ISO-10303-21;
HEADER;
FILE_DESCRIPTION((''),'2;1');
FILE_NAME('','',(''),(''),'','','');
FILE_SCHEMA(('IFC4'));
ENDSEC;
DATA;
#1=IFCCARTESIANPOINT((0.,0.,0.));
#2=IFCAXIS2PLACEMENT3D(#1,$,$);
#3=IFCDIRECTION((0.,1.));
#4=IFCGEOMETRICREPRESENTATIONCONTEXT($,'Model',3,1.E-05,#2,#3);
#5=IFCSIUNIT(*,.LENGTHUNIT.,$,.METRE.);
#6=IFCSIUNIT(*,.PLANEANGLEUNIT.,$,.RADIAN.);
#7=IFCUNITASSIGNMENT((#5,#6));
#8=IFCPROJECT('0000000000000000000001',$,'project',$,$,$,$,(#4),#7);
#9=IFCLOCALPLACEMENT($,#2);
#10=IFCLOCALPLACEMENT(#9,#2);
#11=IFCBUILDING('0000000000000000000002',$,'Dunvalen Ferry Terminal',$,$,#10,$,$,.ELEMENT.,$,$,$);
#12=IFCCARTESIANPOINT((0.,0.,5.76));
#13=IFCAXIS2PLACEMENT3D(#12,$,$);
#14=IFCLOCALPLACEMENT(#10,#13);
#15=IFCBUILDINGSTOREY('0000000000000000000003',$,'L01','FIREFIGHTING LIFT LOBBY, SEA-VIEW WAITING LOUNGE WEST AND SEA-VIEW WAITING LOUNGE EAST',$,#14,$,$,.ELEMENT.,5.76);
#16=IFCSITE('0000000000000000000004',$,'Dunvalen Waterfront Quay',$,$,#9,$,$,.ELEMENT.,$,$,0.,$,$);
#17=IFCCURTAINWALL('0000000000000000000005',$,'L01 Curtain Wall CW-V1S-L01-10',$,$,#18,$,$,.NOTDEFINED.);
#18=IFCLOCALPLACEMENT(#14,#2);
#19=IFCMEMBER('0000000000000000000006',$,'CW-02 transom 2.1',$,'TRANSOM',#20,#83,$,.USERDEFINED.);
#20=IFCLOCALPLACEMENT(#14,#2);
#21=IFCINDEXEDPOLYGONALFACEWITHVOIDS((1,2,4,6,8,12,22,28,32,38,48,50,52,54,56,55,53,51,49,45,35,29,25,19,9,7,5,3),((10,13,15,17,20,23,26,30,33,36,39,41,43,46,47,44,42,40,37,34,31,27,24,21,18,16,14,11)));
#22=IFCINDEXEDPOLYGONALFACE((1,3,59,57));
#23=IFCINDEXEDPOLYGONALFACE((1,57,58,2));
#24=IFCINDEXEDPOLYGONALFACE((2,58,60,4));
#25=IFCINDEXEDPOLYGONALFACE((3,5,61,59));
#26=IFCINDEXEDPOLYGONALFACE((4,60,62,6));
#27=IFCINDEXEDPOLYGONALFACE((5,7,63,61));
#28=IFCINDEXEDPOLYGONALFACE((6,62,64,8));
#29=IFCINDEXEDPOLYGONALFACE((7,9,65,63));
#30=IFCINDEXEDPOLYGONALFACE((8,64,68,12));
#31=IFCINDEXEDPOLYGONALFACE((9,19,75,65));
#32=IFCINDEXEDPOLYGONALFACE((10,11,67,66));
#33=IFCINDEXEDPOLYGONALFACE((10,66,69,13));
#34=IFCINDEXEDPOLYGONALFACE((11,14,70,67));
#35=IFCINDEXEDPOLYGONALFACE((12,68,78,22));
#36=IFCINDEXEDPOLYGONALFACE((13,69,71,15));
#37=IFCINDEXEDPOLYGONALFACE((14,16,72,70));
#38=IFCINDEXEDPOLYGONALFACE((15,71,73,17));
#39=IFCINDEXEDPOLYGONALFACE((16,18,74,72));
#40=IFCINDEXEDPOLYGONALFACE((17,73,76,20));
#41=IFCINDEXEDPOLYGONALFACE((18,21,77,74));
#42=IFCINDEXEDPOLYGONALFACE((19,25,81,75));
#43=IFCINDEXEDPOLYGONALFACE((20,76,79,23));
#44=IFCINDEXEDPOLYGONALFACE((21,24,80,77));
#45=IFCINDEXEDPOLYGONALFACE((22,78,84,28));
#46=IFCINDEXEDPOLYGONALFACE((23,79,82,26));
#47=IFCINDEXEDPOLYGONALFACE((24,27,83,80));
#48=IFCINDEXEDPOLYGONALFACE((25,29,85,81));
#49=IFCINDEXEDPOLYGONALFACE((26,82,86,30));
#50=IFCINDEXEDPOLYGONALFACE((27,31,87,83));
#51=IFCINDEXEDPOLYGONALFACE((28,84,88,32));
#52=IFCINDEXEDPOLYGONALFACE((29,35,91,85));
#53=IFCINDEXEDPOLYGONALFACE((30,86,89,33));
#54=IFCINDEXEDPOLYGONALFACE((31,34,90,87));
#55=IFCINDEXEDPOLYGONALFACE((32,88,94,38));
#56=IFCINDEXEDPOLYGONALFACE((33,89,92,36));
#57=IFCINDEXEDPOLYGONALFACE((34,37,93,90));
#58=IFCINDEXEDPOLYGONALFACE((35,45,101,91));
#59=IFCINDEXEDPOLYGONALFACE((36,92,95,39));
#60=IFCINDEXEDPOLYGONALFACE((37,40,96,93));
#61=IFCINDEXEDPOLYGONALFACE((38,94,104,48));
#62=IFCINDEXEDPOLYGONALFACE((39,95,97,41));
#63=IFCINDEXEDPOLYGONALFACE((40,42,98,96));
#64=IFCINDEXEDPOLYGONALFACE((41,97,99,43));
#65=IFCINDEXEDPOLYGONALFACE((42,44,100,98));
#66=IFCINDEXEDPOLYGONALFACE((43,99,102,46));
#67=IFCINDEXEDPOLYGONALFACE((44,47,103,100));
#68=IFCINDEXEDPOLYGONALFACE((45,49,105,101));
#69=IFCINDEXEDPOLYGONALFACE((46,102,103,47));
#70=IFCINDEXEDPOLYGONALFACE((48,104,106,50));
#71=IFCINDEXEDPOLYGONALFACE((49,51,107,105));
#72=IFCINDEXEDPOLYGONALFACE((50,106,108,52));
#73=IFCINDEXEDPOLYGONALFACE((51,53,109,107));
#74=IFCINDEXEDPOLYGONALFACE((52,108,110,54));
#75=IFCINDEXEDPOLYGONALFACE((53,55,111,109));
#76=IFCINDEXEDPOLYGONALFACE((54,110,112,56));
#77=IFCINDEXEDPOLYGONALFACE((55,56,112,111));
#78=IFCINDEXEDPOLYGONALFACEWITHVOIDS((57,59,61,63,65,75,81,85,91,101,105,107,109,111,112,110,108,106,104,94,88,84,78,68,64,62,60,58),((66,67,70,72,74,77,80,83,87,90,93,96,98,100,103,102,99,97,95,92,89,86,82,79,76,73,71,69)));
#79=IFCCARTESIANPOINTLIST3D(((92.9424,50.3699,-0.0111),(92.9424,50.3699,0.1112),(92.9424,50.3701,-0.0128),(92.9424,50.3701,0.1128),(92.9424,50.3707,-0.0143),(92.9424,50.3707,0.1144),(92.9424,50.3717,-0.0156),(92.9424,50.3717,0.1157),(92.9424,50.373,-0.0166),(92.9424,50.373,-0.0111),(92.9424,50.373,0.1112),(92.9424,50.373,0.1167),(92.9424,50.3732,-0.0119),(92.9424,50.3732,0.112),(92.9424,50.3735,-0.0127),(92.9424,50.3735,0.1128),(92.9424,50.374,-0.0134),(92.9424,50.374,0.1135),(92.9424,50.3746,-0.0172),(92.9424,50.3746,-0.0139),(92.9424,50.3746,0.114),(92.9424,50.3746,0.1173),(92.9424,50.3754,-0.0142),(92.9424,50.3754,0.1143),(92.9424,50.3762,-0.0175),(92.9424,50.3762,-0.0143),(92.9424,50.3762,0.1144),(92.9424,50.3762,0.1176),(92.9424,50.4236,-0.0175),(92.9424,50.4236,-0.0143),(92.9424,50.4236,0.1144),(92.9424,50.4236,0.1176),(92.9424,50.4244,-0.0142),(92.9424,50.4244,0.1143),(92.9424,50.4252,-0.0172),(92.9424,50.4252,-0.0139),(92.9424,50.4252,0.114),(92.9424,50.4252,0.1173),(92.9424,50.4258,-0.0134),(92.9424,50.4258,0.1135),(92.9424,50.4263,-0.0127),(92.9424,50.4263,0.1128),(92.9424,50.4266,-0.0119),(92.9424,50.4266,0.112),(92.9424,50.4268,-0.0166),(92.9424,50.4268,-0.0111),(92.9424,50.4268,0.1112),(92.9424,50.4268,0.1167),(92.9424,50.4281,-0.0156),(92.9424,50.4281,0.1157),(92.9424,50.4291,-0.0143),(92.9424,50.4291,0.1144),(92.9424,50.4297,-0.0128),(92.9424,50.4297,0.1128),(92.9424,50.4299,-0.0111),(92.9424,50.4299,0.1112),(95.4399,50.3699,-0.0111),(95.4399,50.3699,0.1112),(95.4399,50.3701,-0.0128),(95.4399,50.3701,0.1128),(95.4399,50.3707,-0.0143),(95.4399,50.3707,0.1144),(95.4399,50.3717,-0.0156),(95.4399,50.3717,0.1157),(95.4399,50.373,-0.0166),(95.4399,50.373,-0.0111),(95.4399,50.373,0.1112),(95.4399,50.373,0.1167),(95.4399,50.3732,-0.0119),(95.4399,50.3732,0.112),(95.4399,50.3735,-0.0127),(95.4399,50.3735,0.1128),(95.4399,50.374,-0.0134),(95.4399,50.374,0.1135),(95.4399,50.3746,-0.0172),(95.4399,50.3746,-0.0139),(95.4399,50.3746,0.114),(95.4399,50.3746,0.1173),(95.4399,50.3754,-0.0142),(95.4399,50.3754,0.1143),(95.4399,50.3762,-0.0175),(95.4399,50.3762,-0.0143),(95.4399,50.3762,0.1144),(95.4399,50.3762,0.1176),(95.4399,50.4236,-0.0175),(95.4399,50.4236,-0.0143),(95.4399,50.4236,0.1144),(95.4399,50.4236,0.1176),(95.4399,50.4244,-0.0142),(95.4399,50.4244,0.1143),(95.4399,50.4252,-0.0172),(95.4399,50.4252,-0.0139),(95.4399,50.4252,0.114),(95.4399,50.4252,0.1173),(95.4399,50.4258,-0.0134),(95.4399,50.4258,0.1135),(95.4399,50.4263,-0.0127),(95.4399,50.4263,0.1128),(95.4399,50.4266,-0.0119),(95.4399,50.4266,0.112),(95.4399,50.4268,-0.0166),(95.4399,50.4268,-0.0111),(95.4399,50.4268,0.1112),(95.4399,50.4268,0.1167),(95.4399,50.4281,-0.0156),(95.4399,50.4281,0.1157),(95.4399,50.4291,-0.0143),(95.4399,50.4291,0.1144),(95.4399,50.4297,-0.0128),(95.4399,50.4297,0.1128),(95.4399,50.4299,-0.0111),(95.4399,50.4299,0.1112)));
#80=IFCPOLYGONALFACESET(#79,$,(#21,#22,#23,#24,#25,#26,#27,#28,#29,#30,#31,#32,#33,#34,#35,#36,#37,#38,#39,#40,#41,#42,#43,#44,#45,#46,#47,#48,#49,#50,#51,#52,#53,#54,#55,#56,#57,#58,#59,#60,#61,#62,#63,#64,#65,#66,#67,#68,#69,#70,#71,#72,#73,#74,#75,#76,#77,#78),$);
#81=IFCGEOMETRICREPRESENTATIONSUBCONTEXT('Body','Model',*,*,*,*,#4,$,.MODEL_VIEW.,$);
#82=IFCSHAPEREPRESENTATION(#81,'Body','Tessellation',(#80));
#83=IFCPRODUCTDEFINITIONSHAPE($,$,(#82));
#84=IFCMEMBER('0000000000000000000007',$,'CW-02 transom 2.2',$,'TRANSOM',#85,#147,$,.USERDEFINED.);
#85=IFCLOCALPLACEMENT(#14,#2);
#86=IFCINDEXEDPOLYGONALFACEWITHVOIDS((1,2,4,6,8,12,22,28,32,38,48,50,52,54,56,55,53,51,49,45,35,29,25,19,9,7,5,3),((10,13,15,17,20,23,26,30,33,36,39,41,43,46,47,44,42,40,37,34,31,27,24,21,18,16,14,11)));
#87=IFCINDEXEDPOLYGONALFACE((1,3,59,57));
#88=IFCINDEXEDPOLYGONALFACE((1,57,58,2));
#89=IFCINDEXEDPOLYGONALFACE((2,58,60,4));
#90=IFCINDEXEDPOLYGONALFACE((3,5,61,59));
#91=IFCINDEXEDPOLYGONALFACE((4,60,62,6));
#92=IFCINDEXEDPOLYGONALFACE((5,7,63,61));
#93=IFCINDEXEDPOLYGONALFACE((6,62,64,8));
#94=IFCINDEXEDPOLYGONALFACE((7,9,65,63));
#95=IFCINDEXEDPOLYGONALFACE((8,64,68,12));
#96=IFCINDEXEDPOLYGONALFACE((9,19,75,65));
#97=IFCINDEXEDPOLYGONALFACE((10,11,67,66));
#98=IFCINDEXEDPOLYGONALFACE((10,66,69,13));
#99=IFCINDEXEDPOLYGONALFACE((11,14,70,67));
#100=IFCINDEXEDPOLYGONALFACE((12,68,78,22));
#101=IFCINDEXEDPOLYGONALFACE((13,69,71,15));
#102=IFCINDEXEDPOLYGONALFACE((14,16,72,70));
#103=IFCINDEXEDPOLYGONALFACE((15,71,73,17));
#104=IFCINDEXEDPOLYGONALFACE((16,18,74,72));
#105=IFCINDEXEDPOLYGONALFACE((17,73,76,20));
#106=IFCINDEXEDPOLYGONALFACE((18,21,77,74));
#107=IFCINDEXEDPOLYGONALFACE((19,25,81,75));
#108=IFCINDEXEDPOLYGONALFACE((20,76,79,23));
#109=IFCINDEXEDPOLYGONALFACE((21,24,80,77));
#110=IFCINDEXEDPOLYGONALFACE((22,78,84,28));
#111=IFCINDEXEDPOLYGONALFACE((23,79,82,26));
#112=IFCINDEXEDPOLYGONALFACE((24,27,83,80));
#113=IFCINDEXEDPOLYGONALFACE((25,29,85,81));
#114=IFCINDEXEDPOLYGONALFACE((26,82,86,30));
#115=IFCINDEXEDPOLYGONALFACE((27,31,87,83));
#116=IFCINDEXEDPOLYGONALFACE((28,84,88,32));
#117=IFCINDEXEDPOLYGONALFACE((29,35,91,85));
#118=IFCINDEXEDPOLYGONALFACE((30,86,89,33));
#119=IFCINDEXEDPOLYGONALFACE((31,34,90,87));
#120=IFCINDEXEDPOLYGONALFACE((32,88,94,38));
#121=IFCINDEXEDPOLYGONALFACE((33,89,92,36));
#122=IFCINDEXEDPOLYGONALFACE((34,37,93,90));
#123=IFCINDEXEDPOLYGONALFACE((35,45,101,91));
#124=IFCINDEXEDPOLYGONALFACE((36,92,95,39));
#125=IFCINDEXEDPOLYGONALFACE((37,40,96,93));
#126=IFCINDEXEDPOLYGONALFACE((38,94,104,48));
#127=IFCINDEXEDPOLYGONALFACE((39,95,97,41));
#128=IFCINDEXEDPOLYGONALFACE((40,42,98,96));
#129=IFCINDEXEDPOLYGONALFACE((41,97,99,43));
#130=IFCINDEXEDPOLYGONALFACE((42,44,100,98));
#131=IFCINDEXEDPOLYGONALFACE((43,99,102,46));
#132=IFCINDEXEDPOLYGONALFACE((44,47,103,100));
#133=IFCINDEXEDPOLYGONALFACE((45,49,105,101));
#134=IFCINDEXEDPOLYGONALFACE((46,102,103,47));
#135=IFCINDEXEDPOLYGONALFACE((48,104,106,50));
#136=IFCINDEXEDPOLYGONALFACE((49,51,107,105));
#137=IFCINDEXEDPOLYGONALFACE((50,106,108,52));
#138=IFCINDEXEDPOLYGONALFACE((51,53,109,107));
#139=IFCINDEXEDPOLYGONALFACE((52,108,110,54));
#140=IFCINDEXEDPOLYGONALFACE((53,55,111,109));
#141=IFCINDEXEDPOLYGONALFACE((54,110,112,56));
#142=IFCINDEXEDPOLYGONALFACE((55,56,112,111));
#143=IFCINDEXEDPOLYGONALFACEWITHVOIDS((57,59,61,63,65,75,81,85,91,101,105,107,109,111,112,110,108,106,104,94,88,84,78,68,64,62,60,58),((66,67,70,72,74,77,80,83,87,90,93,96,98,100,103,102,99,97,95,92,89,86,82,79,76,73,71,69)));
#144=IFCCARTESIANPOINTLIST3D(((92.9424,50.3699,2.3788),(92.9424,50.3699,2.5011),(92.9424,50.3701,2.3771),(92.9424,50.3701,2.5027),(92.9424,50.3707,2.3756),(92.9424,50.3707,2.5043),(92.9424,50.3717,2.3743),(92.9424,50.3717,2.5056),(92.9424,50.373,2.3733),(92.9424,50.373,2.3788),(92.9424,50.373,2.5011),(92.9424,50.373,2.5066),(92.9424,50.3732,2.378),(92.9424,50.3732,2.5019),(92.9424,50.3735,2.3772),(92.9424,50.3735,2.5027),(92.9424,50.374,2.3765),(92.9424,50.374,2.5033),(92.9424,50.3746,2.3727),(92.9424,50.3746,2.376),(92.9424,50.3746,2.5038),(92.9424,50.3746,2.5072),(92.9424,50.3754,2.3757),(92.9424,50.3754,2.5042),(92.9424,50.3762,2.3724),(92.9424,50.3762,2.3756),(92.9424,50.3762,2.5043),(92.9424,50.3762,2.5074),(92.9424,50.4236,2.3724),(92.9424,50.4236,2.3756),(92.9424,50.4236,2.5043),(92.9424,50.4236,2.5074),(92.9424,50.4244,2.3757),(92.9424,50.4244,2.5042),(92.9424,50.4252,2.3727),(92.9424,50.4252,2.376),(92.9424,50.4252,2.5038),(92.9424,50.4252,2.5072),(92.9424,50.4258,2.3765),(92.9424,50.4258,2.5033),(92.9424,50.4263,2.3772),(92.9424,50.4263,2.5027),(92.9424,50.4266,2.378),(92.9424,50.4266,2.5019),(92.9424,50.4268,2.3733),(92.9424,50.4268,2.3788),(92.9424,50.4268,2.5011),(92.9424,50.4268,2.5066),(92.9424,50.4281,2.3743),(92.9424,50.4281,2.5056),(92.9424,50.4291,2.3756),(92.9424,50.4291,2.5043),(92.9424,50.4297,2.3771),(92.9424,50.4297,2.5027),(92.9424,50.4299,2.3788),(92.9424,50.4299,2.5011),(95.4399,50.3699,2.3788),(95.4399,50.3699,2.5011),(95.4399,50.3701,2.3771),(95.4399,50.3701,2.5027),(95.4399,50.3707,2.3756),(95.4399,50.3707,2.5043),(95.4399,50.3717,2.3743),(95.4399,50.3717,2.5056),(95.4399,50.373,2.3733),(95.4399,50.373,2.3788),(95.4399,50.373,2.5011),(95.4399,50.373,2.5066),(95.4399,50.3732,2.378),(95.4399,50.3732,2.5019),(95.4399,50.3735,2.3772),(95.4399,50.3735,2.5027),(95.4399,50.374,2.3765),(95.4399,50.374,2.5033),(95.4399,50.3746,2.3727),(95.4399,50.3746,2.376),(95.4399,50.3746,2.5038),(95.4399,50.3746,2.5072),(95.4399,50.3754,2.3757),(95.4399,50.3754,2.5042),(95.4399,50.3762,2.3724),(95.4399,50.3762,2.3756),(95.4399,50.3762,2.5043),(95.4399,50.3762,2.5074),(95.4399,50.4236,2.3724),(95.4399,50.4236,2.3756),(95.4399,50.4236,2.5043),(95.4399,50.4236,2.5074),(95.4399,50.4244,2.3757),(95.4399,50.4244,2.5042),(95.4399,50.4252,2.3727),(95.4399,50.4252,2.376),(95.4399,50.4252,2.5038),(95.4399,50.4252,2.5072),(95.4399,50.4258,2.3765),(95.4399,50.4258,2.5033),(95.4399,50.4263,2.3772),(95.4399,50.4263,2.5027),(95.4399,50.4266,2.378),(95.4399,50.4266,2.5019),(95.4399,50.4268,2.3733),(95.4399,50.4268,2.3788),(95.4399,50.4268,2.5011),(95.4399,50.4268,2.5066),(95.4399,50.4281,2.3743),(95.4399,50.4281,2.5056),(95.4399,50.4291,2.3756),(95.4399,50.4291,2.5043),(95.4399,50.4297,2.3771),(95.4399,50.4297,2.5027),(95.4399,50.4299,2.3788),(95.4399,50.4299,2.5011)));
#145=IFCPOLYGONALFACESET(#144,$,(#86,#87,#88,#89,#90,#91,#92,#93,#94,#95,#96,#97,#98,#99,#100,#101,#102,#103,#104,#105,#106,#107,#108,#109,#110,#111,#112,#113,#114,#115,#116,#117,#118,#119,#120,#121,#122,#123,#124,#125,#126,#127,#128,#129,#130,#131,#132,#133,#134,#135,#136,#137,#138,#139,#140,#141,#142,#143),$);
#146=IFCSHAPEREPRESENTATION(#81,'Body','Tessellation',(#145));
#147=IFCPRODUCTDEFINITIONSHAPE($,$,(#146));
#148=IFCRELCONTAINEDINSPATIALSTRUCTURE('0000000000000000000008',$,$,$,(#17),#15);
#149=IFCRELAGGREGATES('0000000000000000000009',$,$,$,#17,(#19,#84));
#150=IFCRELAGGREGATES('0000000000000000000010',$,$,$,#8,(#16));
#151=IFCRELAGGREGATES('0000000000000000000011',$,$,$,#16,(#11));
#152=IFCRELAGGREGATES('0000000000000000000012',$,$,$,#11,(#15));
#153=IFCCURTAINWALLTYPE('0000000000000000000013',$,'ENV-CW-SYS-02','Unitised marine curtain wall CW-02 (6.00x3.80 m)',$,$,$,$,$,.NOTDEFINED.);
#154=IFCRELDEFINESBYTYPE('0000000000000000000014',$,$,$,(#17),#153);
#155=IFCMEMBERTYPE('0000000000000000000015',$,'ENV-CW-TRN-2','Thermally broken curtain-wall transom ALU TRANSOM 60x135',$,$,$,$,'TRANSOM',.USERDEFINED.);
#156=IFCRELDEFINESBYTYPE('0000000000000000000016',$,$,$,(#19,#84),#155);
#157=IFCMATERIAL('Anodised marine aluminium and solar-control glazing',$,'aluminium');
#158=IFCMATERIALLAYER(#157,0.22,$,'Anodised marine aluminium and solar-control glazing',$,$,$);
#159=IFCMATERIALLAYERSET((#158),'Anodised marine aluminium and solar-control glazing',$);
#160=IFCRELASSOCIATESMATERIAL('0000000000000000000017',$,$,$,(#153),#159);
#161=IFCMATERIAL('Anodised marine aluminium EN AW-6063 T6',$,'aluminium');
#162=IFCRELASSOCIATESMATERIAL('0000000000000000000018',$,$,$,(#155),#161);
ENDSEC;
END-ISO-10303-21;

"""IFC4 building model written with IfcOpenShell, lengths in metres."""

from ifc_helpers import new_model, si_unit, direction, frame, origin, origin_2d, place, context, subcontext, project, spatial, hollow_rectangle, extrude, material, layer, layer_set, material_profile, profile_set, type_object, element, aggregate, save


model = new_model("IFC4")

# Units and contexts
model_context = context("Model", 3, precision=1e-05, world=origin(), true_north=direction((0.0, 1.0)))
body_context = subcontext(model_context, "Body", "Model", "MODEL_VIEW")
ifc_project = project(units=[si_unit("LENGTHUNIT", "METRE"), si_unit("PLANEANGLEUNIT", "RADIAN")], contexts=[model_context])

# Site, building, storey
site_placement = place(None, origin())
site = spatial("IfcSite", under=ifc_project, at=site_placement, Name="Dunvalen Waterfront Quay", CompositionType="ELEMENT", RefElevation=0.0)
building_placement = place(site_placement, origin())
building = spatial("IfcBuilding", under=site, at=building_placement, Name="Dunvalen Ferry Terminal", CompositionType="ELEMENT")
storey_placement = place(building_placement, frame((0.0, 0.0, 5.76)))
storey = spatial("IfcBuildingStorey", under=building, at=storey_placement, Name="L01", Description="FIREFIGHTING LIFT LOBBY, SEA-VIEW WAITING LOUNGE WEST AND SEA-VIEW WAITING LOUNGE EAST", CompositionType="ELEMENT", Elevation=5.76)

# Curtain wall
ifc_material_1 = material(Name="Anodised marine aluminium and solar-control glazing", Category="aluminium")
ifc_layer_1 = layer(ifc_material_1, 0.22, Name="Anodised marine aluminium and solar-control glazing")
ifc_layer_set_1 = layer_set([ifc_layer_1], Name="Anodised marine aluminium and solar-control glazing")
curtain_wall_type_1 = type_object("IfcCurtainWallType", Name="ENV-CW-SYS-02", Description="Unitised marine curtain wall CW-02 (6.00x3.80 m)", PredefinedType="NOTDEFINED", material=ifc_layer_set_1)
curtain_wall_1_placement = place(storey_placement, origin())
curtain_wall_1 = element("IfcCurtainWall", 1, at=curtain_wall_1_placement, inside=storey, type_object=curtain_wall_type_1, Name="L01 Curtain Wall CW-V1S-L01-10", PredefinedType="NOTDEFINED")
ifc_material_2 = material(Name="Anodised marine aluminium EN AW-6063 T6", Category="aluminium")

# Members
ifc_material_profile_1 = material_profile(ifc_material_2, hollow_rectangle(XDim=0.0601, YDim=0.135, WallThickness=0.0032, InnerFilletRadius=0.0032, OuterFilletRadius=0.0063, at=origin_2d()), Name="Anodised marine aluminium EN AW-6063 T6")
ifc_profile_set_1 = profile_set([ifc_material_profile_1], Name="Anodised marine aluminium EN AW-6063 T6")
member_type_1 = type_object("IfcMemberType", Name="ENV-CW-TRN-2", Description="Thermally broken curtain-wall transom ALU TRANSOM 60x135", ElementType="TRANSOM", PredefinedType="USERDEFINED", material=ifc_profile_set_1)
member_1_placement = place(storey_placement, frame((92.9424, 50.3999, 0.05), z_axis=(1.0, 0.0, 0.0), x_axis=(0.0, 1.0, 0.0)))
member_1 = element("IfcMember", 2, at=member_1_placement, type_object=member_type_1, Name="CW-02 transom 2.1", ObjectType="TRANSOM", PredefinedType="USERDEFINED", context=body_context, shape_type="SweptSolid", body=[
    extrude(hollow_rectangle(XDim=0.0601, YDim=0.135, WallThickness=0.0032, InnerFilletRadius=0.0032, OuterFilletRadius=0.0063, at=origin_2d()), origin(), (0.0, 0.0, 1.0), 2.4976),
])
member_2_placement = place(storey_placement, frame((92.9424, 50.3999, 2.4399), z_axis=(1.0, 0.0, 0.0), x_axis=(0.0, 1.0, 0.0)))
member_2 = element("IfcMember", 3, at=member_2_placement, type_object=member_type_1, Name="CW-02 transom 2.2", ObjectType="TRANSOM", PredefinedType="USERDEFINED", context=body_context, shape_type="SweptSolid", body=[
    extrude(hollow_rectangle(XDim=0.0601, YDim=0.135, WallThickness=0.0032, InnerFilletRadius=0.0032, OuterFilletRadius=0.0063, at=origin_2d()), origin(), (0.0, 0.0, 1.0), 2.4976),
])

aggregate(curtain_wall_1, [member_1, member_2])

save(model, "model.ifc")
